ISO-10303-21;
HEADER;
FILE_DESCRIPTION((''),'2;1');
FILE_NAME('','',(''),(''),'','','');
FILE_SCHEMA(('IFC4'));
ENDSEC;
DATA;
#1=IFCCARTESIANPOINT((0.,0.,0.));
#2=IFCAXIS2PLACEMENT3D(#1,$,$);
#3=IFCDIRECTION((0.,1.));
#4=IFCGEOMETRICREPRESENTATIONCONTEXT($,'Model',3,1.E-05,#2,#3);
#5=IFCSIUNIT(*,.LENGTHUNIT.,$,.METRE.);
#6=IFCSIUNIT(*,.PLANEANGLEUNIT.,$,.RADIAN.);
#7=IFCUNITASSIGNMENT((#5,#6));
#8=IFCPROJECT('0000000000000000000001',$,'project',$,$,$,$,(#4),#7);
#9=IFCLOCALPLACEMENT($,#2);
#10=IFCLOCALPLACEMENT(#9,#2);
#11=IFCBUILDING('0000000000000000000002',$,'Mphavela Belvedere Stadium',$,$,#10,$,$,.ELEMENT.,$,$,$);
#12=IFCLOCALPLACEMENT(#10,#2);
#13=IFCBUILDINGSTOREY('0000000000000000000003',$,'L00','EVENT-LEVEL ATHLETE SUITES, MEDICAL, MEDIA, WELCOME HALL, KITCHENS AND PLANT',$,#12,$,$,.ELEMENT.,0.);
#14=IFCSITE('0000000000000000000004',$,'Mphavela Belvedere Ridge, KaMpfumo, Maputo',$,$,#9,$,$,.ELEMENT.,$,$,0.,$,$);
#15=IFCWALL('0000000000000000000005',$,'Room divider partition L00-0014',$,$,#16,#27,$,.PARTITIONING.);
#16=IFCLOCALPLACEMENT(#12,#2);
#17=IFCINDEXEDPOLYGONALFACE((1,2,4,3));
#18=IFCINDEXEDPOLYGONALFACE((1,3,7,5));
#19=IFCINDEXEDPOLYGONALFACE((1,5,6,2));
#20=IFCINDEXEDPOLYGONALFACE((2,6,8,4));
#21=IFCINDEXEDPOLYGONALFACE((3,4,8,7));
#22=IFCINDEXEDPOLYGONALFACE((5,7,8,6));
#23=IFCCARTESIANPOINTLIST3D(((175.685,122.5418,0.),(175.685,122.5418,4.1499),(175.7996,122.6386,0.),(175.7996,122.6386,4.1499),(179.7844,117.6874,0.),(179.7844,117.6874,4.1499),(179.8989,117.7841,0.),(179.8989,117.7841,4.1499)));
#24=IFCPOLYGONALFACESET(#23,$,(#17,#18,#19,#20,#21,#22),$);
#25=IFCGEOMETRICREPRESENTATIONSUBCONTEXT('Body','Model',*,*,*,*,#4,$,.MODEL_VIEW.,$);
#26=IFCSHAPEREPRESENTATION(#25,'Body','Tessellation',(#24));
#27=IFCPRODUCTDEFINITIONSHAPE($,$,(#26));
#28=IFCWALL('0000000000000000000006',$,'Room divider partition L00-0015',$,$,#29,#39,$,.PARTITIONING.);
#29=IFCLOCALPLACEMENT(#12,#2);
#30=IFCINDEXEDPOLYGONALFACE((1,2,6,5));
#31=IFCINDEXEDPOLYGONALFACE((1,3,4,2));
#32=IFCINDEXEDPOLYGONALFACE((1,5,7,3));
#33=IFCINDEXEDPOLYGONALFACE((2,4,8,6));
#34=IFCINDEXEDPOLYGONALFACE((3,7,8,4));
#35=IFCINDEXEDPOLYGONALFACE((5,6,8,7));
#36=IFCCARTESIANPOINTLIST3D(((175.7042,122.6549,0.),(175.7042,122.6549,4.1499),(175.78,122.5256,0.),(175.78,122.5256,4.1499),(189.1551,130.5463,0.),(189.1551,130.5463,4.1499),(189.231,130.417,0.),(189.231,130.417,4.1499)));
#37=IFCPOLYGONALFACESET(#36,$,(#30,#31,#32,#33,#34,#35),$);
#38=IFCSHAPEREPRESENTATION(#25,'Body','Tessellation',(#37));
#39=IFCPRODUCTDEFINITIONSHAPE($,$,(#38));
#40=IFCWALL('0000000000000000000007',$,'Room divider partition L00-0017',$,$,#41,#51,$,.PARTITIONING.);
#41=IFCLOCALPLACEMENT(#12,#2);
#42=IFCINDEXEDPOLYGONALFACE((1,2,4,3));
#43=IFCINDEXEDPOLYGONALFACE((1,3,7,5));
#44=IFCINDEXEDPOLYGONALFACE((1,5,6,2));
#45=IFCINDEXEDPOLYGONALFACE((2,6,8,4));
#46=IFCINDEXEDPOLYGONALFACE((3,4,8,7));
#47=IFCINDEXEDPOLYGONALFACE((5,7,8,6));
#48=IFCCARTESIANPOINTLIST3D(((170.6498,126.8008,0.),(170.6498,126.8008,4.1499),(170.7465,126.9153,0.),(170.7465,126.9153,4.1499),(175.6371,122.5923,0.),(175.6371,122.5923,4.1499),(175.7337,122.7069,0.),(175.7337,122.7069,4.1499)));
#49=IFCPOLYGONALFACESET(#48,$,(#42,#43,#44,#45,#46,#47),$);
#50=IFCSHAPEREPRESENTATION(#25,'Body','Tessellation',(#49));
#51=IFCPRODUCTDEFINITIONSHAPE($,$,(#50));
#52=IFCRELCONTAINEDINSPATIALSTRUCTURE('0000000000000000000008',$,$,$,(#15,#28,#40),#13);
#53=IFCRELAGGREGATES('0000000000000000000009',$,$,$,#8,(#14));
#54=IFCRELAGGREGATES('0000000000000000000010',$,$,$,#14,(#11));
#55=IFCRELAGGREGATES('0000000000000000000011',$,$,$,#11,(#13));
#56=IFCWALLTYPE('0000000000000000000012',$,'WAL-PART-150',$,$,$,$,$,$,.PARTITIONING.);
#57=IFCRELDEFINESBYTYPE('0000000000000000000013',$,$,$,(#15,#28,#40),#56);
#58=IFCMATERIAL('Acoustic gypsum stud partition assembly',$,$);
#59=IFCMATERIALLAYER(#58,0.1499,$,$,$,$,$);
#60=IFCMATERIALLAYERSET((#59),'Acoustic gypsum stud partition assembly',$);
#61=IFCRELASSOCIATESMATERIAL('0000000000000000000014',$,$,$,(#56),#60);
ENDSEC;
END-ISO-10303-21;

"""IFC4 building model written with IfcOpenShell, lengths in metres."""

from ifc_helpers import new_model, si_unit, direction, frame, frame_2d, origin, place, context, subcontext, project, spatial, rectangle, extrude, material, layer, layer_set, type_object, element, save


model = new_model("IFC4")

# Units and contexts
model_context = context("Model", 3, precision=1e-05, world=origin(), true_north=direction((0.0, 1.0)))
body_context = subcontext(model_context, "Body", "Model", "MODEL_VIEW")
ifc_project = project(units=[si_unit("LENGTHUNIT", "METRE"), si_unit("PLANEANGLEUNIT", "RADIAN")], contexts=[model_context])

# Site, building, storey
site_placement = place(None, origin())
site = spatial("IfcSite", under=ifc_project, at=site_placement, Name="Mphavela Belvedere Ridge, KaMpfumo, Maputo", CompositionType="ELEMENT", RefElevation=0.0)
building_placement = place(site_placement, origin())
building = spatial("IfcBuilding", under=site, at=building_placement, Name="Mphavela Belvedere Stadium", CompositionType="ELEMENT")
storey_placement = place(building_placement, origin())
storey = spatial("IfcBuildingStorey", under=building, at=storey_placement, Name="L00", Description="EVENT-LEVEL ATHLETE SUITES, MEDICAL, MEDIA, WELCOME HALL, KITCHENS AND PLANT", CompositionType="ELEMENT", Elevation=0.0)

# Walls
ifc_material_1 = material(Name="Acoustic gypsum stud partition assembly")
ifc_layer = layer(ifc_material_1, 0.1499)
ifc_layer_set = layer_set([ifc_layer], Name="Acoustic gypsum stud partition assembly")
wall_type = type_object("IfcWallType", Name="WAL-PART-150", PredefinedType="PARTITIONING", material=ifc_layer_set)
wall_1_placement = place(storey_placement, frame((179.8416, 117.7358, 0.0), z_axis=(0.0, 0.0, 1.0), x_axis=(-0.645182, 0.764029, 0.0)))
element("IfcWall", 1, at=wall_1_placement, inside=storey, type_object=wall_type, Name="Room divider partition L00-0014", PredefinedType="PARTITIONING", context=body_context, shape_type="SweptSolid", body=[
    extrude(rectangle(XDim=6.3538, YDim=0.1499, at=frame_2d((3.1768, 0.0))), origin(), (0.0, 0.0, 1.0), 4.1499),
])
wall_2_placement = place(storey_placement, frame((175.7422, 122.5903, 0.0), z_axis=(0.0, 0.0, 1.0), x_axis=(0.862521, 0.506022, 0.0)))
element("IfcWall", 2, at=wall_2_placement, inside=storey, type_object=wall_type, Name="Room divider partition L00-0015", PredefinedType="PARTITIONING", context=body_context, shape_type="SweptSolid", body=[
    extrude(rectangle(XDim=15.595, YDim=0.1499, at=frame_2d((7.7974, 0.0))), origin(), (0.0, 0.0, 1.0), 4.1499),
])
wall_3_placement = place(storey_placement, frame((175.6853, 122.6497, 0.0), z_axis=(0.0, 0.0, 1.0), x_axis=(-0.764257, 0.644912, 0.0)))
element("IfcWall", 3, at=wall_3_placement, inside=storey, type_object=wall_type, Name="Room divider partition L00-0017", PredefinedType="PARTITIONING", context=body_context, shape_type="SweptSolid", body=[
    extrude(rectangle(XDim=6.5256, YDim=0.1499, at=frame_2d((3.2627, 0.0))), origin(), (0.0, 0.0, 1.0), 4.1499),
])

save(model, "model.ifc")
